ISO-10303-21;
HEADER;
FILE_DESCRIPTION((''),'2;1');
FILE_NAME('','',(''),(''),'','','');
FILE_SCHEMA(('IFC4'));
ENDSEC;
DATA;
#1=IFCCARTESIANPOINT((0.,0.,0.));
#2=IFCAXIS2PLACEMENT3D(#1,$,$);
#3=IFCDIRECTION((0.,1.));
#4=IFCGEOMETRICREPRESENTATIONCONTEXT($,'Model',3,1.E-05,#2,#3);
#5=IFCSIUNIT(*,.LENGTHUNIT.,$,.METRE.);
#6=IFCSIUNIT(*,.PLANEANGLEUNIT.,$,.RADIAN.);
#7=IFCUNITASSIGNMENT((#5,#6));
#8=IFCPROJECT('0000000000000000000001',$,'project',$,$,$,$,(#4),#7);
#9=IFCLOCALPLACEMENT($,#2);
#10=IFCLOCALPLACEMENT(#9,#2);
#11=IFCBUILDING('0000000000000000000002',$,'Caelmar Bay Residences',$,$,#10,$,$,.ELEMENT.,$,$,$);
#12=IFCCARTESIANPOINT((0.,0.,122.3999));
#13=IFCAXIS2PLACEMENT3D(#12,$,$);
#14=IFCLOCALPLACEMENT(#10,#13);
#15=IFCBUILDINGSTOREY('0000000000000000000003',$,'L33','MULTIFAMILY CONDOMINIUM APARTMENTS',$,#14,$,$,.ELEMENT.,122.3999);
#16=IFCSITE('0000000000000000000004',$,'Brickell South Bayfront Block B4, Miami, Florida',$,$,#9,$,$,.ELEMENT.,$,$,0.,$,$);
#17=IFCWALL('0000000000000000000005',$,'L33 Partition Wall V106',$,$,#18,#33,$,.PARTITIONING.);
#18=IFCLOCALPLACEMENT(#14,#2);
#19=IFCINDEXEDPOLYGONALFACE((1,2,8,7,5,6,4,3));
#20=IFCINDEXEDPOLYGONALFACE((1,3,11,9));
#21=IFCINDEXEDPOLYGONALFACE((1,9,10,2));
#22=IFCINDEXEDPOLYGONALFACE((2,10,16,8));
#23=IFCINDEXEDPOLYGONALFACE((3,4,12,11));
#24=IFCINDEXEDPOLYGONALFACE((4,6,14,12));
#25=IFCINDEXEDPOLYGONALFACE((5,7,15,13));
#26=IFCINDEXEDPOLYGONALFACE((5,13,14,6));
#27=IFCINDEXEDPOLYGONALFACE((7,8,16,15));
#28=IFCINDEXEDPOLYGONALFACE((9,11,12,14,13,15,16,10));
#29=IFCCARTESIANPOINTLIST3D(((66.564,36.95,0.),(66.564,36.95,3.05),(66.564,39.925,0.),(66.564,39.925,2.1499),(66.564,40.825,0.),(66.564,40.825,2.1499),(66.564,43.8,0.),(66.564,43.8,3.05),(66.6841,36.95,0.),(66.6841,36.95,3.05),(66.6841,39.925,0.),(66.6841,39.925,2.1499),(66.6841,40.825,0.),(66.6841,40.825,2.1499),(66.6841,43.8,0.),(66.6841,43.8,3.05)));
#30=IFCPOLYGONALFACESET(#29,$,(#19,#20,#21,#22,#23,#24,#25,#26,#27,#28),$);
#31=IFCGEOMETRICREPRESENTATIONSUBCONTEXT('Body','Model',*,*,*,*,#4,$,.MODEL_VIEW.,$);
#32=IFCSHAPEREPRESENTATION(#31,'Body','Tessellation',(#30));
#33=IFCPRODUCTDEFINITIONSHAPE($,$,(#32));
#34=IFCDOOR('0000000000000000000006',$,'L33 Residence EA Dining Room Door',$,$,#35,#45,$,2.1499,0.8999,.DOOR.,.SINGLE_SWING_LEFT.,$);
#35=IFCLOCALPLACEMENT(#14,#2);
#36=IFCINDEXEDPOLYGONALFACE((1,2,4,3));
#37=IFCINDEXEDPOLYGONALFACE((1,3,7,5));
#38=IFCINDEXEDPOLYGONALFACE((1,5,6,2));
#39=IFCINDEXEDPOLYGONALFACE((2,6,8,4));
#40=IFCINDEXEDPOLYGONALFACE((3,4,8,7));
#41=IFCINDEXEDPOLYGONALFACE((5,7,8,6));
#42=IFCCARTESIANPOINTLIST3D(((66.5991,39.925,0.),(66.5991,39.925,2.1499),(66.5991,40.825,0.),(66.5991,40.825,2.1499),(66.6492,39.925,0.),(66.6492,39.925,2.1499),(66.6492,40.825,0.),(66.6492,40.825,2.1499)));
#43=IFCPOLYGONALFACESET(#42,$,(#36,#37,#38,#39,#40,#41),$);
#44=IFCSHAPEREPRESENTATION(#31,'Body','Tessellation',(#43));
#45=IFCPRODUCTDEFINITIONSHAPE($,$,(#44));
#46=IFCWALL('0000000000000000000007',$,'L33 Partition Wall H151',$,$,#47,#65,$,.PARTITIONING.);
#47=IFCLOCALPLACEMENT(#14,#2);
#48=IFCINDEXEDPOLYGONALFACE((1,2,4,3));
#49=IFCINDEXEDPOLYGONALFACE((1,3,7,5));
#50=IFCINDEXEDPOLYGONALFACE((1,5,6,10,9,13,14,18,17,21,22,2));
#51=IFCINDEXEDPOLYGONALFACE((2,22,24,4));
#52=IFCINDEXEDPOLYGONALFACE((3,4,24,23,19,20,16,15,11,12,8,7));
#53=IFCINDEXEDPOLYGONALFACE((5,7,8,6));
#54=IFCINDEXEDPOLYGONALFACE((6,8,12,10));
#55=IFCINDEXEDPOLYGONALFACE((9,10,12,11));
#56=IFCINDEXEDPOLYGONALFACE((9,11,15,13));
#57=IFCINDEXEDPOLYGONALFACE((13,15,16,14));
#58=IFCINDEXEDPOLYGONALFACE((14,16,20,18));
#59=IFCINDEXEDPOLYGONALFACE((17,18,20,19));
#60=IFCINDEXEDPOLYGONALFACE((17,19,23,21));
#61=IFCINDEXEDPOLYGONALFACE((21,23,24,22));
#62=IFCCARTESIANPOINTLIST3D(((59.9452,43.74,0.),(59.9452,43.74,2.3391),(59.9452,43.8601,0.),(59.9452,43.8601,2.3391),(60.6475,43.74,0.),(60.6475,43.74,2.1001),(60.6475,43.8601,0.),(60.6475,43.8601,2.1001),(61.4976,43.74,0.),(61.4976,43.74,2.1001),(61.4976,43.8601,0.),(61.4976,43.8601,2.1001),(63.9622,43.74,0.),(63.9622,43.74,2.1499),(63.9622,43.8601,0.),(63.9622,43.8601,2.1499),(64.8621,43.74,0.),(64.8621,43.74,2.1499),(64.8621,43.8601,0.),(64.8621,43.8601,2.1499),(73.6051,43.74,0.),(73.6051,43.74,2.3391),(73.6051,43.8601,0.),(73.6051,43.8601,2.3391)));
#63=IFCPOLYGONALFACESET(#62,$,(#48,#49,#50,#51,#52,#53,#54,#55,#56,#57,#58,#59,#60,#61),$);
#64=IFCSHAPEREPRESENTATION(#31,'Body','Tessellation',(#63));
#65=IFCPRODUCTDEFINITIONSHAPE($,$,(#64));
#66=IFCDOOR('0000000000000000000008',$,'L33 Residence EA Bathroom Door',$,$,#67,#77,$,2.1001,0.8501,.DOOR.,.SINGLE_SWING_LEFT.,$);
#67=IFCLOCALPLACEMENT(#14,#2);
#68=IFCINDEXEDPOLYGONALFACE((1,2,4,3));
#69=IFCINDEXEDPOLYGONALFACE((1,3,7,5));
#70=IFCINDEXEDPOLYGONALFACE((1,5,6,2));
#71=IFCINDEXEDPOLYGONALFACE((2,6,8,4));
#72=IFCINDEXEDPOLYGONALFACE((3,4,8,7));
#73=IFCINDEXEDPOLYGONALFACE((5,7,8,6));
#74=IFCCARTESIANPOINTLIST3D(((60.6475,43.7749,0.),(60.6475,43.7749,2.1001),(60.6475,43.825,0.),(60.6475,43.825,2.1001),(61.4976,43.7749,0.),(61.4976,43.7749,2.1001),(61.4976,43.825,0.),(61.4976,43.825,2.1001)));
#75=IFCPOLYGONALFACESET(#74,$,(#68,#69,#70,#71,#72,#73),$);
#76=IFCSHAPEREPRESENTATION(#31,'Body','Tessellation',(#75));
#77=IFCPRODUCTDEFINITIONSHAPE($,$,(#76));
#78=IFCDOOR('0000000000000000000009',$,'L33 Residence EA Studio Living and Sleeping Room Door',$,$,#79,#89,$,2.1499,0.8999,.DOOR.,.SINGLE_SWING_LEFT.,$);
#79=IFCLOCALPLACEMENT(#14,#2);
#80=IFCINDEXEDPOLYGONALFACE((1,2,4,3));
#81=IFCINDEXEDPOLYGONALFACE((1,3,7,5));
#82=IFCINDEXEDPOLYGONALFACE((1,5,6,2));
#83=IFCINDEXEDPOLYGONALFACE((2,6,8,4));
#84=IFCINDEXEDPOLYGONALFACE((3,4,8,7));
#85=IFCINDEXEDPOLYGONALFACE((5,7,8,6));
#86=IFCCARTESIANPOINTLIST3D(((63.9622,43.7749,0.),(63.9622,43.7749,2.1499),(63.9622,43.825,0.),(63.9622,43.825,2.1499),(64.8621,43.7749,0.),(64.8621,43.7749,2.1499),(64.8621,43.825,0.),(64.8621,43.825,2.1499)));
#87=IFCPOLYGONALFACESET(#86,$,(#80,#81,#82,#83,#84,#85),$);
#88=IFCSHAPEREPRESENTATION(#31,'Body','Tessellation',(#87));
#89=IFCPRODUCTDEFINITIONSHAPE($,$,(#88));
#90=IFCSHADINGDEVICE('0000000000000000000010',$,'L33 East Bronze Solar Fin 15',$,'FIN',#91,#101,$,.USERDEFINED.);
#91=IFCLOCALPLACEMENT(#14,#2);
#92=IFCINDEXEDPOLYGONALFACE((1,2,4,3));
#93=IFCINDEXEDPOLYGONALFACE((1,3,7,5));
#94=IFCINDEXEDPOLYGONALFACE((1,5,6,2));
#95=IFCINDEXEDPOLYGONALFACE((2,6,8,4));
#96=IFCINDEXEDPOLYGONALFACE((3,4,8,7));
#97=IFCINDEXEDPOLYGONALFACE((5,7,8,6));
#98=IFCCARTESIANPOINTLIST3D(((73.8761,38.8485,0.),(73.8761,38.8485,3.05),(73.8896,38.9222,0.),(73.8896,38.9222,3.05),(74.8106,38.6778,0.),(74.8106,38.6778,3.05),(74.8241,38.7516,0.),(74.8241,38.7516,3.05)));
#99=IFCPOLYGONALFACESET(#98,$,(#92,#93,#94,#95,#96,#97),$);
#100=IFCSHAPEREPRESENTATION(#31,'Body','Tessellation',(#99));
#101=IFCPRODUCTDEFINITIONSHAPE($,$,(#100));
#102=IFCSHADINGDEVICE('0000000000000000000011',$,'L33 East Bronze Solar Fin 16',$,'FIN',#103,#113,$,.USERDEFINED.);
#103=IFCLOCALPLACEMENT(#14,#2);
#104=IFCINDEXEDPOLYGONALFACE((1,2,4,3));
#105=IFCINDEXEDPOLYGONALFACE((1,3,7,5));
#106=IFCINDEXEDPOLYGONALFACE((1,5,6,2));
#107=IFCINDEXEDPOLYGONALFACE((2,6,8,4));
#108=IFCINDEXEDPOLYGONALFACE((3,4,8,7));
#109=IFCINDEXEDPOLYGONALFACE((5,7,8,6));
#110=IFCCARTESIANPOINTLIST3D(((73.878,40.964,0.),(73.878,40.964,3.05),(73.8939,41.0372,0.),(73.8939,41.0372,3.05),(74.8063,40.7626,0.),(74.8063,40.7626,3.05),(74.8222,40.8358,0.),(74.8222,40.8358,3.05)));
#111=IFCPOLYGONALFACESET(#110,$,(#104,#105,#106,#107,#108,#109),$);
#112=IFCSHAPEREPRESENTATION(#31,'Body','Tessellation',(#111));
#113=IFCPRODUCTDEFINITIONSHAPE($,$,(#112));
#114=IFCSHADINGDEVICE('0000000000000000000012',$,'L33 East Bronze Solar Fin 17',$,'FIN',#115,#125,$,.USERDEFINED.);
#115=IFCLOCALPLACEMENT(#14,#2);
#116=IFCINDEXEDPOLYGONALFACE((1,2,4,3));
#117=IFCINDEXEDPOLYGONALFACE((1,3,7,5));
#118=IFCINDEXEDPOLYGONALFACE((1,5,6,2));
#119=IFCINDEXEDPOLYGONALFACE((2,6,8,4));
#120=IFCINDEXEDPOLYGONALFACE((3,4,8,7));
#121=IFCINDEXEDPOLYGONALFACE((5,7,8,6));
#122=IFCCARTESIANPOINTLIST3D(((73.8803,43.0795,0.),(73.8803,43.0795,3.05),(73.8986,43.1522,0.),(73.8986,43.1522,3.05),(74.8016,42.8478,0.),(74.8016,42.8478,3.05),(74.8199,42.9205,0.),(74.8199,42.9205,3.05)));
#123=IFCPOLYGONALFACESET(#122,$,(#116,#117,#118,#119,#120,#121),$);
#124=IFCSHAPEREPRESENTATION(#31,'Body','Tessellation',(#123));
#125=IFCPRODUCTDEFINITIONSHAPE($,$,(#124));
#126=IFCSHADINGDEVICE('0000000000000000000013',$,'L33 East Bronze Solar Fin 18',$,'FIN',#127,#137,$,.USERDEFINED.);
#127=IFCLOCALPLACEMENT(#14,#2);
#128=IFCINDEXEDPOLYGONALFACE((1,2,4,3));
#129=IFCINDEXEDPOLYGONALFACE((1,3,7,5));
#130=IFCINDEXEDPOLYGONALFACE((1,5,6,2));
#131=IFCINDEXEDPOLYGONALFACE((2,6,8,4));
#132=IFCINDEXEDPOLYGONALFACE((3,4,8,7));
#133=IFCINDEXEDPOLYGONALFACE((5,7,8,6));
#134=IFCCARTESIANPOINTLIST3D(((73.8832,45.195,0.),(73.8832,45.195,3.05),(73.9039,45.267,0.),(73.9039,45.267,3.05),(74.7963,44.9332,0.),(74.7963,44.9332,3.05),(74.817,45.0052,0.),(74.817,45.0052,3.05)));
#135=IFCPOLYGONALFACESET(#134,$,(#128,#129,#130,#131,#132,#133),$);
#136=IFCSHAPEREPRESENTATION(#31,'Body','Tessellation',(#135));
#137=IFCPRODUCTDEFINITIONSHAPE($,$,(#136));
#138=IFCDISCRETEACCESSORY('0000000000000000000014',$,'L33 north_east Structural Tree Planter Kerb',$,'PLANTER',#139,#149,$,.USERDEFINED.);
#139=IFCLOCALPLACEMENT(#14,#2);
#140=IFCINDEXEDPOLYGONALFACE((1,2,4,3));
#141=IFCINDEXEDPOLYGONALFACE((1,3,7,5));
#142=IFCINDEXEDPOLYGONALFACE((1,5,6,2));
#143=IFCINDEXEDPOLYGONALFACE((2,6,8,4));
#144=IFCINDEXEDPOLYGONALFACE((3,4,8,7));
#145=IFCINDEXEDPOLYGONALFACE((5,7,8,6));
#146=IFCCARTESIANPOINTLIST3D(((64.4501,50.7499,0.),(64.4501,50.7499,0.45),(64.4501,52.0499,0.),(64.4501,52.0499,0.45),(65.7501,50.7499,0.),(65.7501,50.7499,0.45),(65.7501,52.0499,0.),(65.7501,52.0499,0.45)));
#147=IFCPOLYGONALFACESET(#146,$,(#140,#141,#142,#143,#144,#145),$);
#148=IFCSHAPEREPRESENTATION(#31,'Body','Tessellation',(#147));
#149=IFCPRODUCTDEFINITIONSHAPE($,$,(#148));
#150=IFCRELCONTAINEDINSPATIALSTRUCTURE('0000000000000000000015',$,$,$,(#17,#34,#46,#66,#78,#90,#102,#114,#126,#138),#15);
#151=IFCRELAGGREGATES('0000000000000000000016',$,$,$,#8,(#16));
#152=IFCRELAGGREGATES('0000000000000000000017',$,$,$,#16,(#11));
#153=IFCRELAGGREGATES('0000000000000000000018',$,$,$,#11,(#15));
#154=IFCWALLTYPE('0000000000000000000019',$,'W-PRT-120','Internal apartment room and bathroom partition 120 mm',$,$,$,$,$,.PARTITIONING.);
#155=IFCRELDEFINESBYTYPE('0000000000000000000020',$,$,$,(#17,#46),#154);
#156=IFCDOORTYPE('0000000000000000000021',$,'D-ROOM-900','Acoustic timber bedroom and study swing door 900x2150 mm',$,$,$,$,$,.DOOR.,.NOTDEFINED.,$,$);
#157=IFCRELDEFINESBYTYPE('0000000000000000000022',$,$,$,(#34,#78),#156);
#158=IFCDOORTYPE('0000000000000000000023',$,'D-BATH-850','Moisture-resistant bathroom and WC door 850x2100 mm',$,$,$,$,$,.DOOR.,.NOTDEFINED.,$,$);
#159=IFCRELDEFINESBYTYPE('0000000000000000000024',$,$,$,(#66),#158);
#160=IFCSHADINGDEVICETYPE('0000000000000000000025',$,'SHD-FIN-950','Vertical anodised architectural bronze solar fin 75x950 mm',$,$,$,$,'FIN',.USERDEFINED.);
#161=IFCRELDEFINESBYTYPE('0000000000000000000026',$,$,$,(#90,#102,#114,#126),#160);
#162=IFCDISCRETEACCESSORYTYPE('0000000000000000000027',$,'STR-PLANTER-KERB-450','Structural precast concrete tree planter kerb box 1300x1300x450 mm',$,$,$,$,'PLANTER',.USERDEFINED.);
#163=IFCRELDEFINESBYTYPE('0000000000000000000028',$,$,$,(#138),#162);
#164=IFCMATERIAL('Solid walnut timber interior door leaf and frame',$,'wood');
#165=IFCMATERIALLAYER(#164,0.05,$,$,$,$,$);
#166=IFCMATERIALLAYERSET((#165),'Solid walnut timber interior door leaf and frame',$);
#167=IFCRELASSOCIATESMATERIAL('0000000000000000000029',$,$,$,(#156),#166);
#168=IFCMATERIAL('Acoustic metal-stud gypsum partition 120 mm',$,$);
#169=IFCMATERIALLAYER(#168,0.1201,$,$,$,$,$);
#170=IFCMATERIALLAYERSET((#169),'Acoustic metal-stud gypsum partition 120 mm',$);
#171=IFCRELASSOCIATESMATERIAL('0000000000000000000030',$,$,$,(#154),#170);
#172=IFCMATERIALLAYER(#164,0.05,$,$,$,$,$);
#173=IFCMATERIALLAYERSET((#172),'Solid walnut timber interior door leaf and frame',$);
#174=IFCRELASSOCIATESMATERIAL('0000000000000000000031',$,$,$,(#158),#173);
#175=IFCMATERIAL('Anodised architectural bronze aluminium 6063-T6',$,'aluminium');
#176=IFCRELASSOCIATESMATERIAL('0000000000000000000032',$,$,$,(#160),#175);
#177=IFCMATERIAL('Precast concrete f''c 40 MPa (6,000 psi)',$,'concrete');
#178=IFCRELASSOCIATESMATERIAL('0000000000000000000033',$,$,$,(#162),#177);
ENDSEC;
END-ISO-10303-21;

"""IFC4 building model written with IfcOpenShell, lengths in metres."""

from ifc_helpers import new_model, si_unit, direction, frame, frame_2d, origin, origin_2d, place, context, subcontext, project, spatial, rectangle, extrude, material, layer, layer_set, material_profile, profile_set, type_object, element, fill, save


model = new_model("IFC4")

# Units and contexts
model_context = context("Model", 3, precision=1e-05, world=origin(), true_north=direction((0.0, 1.0)))
body_context = subcontext(model_context, "Body", "Model", "MODEL_VIEW")
ifc_project = project(units=[si_unit("LENGTHUNIT", "METRE"), si_unit("PLANEANGLEUNIT", "RADIAN")], contexts=[model_context])

# Site, building, storey
site_placement = place(None, origin())
site = spatial("IfcSite", under=ifc_project, at=site_placement, Name="Brickell South Bayfront Block B4, Miami, Florida", CompositionType="ELEMENT", RefElevation=0.0)
building_placement = place(site_placement, origin())
building = spatial("IfcBuilding", under=site, at=building_placement, Name="Caelmar Bay Residences", CompositionType="ELEMENT")
storey_placement = place(building_placement, frame((0.0, 0.0, 122.3999)))
storey = spatial("IfcBuildingStorey", under=building, at=storey_placement, Name="L33", Description="MULTIFAMILY CONDOMINIUM APARTMENTS", CompositionType="ELEMENT", Elevation=122.3999)

# Shared definitions
ifc_material_1 = material(Name="Precast concrete f'c 40 MPa (6,000 psi)", Category="concrete")

# Wall, opening, door
ifc_material_2 = material(Name="Solid walnut timber interior door leaf and frame", Category="wood")
ifc_layer_1 = layer(ifc_material_2, 0.05)
ifc_layer_set_1 = layer_set([ifc_layer_1], Name="Solid walnut timber interior door leaf and frame")
door_type_1 = type_object("IfcDoorType", Name="D-ROOM-900", Description="Acoustic timber bedroom and study swing door 900x2150 mm", OperationType="NOTDEFINED", PredefinedType="DOOR", material=ifc_layer_set_1)
ifc_material_3 = material(Name="Acoustic metal-stud gypsum partition 120 mm")
ifc_layer_2 = layer(ifc_material_3, 0.1201)
ifc_layer_set_2 = layer_set([ifc_layer_2], Name="Acoustic metal-stud gypsum partition 120 mm")
wall_type_1 = type_object("IfcWallType", Name="W-PRT-120", Description="Internal apartment room and bathroom partition 120 mm", PredefinedType="PARTITIONING", material=ifc_layer_set_2)
ifc_layer_3 = layer(ifc_material_2, 0.05)
ifc_layer_set_3 = layer_set([ifc_layer_3], Name="Solid walnut timber interior door leaf and frame")
door_type_2 = type_object("IfcDoorType", Name="D-BATH-850", Description="Moisture-resistant bathroom and WC door 850x2100 mm", OperationType="NOTDEFINED", PredefinedType="DOOR", material=ifc_layer_set_3)
wall_1_placement = place(storey_placement, frame((66.624, 36.95, 0.0), z_axis=(0.0, 0.0, 1.0), x_axis=(0.0, 1.0, 0.0)))
wall_1 = element("IfcWall", 1, at=wall_1_placement, inside=storey, type_object=wall_type_1, Name="L33 Partition Wall V106", PredefinedType="PARTITIONING", context=body_context, shape_type="SweptSolid", body=[
    extrude(rectangle(XDim=6.8501, YDim=0.1201, at=frame_2d((3.425, 0.0))), origin(), (0.0, 0.0, 1.0), 3.05),
])
opening_1_placement = place(wall_1_placement, frame((2.9751, 0.0, 0.0)))
opening_1 = element("IfcOpeningElement", 2, at=opening_1_placement, cuts=wall_1, PredefinedType="OPENING", context=body_context, shape_type="SweptSolid", body=[
    extrude(rectangle(XDim=0.8999, YDim=2.1499, at=frame_2d((0.45, 1.075))), frame((0.0, 0.0701, 0.0), z_axis=(0.0, -1.0, 0.0), x_axis=(1.0, 0.0, 0.0)), (0.0, 0.0, 1.0), 0.1401),
])
door_1_placement = place(opening_1_placement, origin())
door_1 = element("IfcDoor", 3, at=door_1_placement, inside=storey, type_object=door_type_1, Name="L33 Residence EA Dining Room Door", OperationType="SINGLE_SWING_LEFT", OverallHeight=2.1499, OverallWidth=0.8999, PredefinedType="DOOR", context=body_context, shape_type="SweptSolid", body=[
    extrude(rectangle(XDim=0.8999, YDim=2.1499, at=frame_2d((0.45, 1.075))), frame((0.0, 0.0249, 0.0), z_axis=(0.0, -1.0, 0.0), x_axis=(1.0, 0.0, 0.0)), (0.0, 0.0, 1.0), 0.05),
])
fill(opening_1, door_1)

# Wall, openings, doors
wall_2_placement = place(storey_placement, frame((59.9451, 43.8, 0.0), z_axis=(0.0, 0.0, 1.0), x_axis=(1.0, 0.0, 0.0)))
wall_2 = element("IfcWall", 4, at=wall_2_placement, inside=storey, type_object=wall_type_1, Name="L33 Partition Wall H151", PredefinedType="PARTITIONING", context=body_context, shape_type="SweptSolid", body=[
    extrude(rectangle(XDim=13.6599, YDim=0.1201, at=frame_2d((6.8301, 0.0))), origin(), (0.0, 0.0, 1.0), 2.3391),
])
opening_2_placement = place(wall_2_placement, frame((4.0171, 0.0, 0.0)))
opening_2 = element("IfcOpeningElement", 5, at=opening_2_placement, cuts=wall_2, PredefinedType="OPENING", context=body_context, shape_type="SweptSolid", body=[
    extrude(rectangle(XDim=0.8999, YDim=2.1499, at=frame_2d((0.45, 1.075))), frame((0.0, 0.0701, 0.0), z_axis=(0.0, -1.0, 0.0), x_axis=(1.0, 0.0, 0.0)), (0.0, 0.0, 1.0), 0.1401),
])
opening_3_placement = place(wall_2_placement, frame((0.7024, 0.0, 0.0)))
opening_3 = element("IfcOpeningElement", 6, at=opening_3_placement, cuts=wall_2, PredefinedType="OPENING", context=body_context, shape_type="SweptSolid", body=[
    extrude(rectangle(XDim=0.8501, YDim=2.1001, at=frame_2d((0.425, 1.05))), frame((0.0, 0.0701, 0.0), z_axis=(0.0, -1.0, 0.0), x_axis=(1.0, 0.0, 0.0)), (0.0, 0.0, 1.0), 0.1401),
])
door_2_placement = place(opening_3_placement, origin())
door_2 = element("IfcDoor", 7, at=door_2_placement, inside=storey, type_object=door_type_2, Name="L33 Residence EA Bathroom Door", OperationType="SINGLE_SWING_LEFT", OverallHeight=2.1001, OverallWidth=0.8501, PredefinedType="DOOR", context=body_context, shape_type="SweptSolid", body=[
    extrude(rectangle(XDim=0.8501, YDim=2.1001, at=frame_2d((0.425, 1.05))), frame((0.0, 0.0249, 0.0), z_axis=(0.0, -1.0, 0.0), x_axis=(1.0, 0.0, 0.0)), (0.0, 0.0, 1.0), 0.05),
])
fill(opening_3, door_2)
door_3_placement = place(opening_2_placement, origin())
door_3 = element("IfcDoor", 8, at=door_3_placement, inside=storey, type_object=door_type_1, Name="L33 Residence EA Studio Living and Sleeping Room Door", OperationType="SINGLE_SWING_LEFT", OverallHeight=2.1499, OverallWidth=0.8999, PredefinedType="DOOR", context=body_context, shape_type="SweptSolid", body=[
    extrude(rectangle(XDim=0.8999, YDim=2.1499, at=frame_2d((0.45, 1.075))), frame((0.0, 0.0249, 0.0), z_axis=(0.0, -1.0, 0.0), x_axis=(1.0, 0.0, 0.0)), (0.0, 0.0, 1.0), 0.05),
])
fill(opening_2, door_3)

# Shading devices
ifc_material_4 = material(Name="Anodised architectural bronze aluminium 6063-T6", Category="aluminium")
ifc_material_profile_1 = material_profile(ifc_material_4, rectangle(XDim=0.075, YDim=0.95, at=origin_2d()), Name="BRONZE-FIN-75X950")
ifc_profile_set_1 = profile_set([ifc_material_profile_1], Name="Anodised architectural bronze aluminium 6063-T6")
shading_device_type = type_object("IfcShadingDeviceType", Name="SHD-FIN-950", Description="Vertical anodised architectural bronze solar fin 75x950 mm", ElementType="FIN", PredefinedType="USERDEFINED", material=ifc_profile_set_1)
for number, where, z_axis, x_axis, name in (
    (9, (74.3501, 38.8, 0.0), (0.0, 0.0, 1.0), (0.179661, 0.983729, 0.0), "L33 East Bronze Solar Fin 15"),
    (10, (74.3501, 40.8999, 0.0), (0.0, 0.0, 1.0), (0.212007, 0.977268, 0.0), "L33 East Bronze Solar Fin 16"),
    (11, (74.3501, 43.0, 0.0), (0.0, 0.0, 1.0), (0.243954, 0.969787, 0.0), "L33 East Bronze Solar Fin 17"),
    (12, (74.3501, 45.1001, 0.0), (0.0, 0.0, 1.0), (0.275637, 0.961262, 0.0), "L33 East Bronze Solar Fin 18"),
):
    element("IfcShadingDevice", number, at=place(storey_placement, frame(where, z_axis=z_axis, x_axis=x_axis)), inside=storey, type_object=shading_device_type, Name=name, ObjectType="FIN", PredefinedType="USERDEFINED", context=body_context, shape_type="SweptSolid", body=[
        extrude(rectangle(XDim=0.075, YDim=0.95, at=origin_2d()), origin(), (0.0, 0.0, 1.0), 3.05),
    ])

# Discrete accessory
discrete_accessory_type = type_object("IfcDiscreteAccessoryType", Name="STR-PLANTER-KERB-450", Description="Structural precast concrete tree planter kerb box 1300x1300x450 mm", ElementType="PLANTER", PredefinedType="USERDEFINED", material=ifc_material_1)
discrete_accessory_placement = place(storey_placement, frame((65.1001, 51.3999, 0.0), z_axis=(0.0, 0.0, 1.0), x_axis=(1.0, 0.0, 0.0)))
element("IfcDiscreteAccessory", 13, at=discrete_accessory_placement, inside=storey, type_object=discrete_accessory_type, Name="L33 north_east Structural Tree Planter Kerb", ObjectType="PLANTER", PredefinedType="USERDEFINED", context=body_context, shape_type="SweptSolid", body=[
    extrude(rectangle(XDim=1.3, YDim=1.3, at=origin_2d()), origin(), (0.0, 0.0, 1.0), 0.45),
])

save(model, "model.ifc")
